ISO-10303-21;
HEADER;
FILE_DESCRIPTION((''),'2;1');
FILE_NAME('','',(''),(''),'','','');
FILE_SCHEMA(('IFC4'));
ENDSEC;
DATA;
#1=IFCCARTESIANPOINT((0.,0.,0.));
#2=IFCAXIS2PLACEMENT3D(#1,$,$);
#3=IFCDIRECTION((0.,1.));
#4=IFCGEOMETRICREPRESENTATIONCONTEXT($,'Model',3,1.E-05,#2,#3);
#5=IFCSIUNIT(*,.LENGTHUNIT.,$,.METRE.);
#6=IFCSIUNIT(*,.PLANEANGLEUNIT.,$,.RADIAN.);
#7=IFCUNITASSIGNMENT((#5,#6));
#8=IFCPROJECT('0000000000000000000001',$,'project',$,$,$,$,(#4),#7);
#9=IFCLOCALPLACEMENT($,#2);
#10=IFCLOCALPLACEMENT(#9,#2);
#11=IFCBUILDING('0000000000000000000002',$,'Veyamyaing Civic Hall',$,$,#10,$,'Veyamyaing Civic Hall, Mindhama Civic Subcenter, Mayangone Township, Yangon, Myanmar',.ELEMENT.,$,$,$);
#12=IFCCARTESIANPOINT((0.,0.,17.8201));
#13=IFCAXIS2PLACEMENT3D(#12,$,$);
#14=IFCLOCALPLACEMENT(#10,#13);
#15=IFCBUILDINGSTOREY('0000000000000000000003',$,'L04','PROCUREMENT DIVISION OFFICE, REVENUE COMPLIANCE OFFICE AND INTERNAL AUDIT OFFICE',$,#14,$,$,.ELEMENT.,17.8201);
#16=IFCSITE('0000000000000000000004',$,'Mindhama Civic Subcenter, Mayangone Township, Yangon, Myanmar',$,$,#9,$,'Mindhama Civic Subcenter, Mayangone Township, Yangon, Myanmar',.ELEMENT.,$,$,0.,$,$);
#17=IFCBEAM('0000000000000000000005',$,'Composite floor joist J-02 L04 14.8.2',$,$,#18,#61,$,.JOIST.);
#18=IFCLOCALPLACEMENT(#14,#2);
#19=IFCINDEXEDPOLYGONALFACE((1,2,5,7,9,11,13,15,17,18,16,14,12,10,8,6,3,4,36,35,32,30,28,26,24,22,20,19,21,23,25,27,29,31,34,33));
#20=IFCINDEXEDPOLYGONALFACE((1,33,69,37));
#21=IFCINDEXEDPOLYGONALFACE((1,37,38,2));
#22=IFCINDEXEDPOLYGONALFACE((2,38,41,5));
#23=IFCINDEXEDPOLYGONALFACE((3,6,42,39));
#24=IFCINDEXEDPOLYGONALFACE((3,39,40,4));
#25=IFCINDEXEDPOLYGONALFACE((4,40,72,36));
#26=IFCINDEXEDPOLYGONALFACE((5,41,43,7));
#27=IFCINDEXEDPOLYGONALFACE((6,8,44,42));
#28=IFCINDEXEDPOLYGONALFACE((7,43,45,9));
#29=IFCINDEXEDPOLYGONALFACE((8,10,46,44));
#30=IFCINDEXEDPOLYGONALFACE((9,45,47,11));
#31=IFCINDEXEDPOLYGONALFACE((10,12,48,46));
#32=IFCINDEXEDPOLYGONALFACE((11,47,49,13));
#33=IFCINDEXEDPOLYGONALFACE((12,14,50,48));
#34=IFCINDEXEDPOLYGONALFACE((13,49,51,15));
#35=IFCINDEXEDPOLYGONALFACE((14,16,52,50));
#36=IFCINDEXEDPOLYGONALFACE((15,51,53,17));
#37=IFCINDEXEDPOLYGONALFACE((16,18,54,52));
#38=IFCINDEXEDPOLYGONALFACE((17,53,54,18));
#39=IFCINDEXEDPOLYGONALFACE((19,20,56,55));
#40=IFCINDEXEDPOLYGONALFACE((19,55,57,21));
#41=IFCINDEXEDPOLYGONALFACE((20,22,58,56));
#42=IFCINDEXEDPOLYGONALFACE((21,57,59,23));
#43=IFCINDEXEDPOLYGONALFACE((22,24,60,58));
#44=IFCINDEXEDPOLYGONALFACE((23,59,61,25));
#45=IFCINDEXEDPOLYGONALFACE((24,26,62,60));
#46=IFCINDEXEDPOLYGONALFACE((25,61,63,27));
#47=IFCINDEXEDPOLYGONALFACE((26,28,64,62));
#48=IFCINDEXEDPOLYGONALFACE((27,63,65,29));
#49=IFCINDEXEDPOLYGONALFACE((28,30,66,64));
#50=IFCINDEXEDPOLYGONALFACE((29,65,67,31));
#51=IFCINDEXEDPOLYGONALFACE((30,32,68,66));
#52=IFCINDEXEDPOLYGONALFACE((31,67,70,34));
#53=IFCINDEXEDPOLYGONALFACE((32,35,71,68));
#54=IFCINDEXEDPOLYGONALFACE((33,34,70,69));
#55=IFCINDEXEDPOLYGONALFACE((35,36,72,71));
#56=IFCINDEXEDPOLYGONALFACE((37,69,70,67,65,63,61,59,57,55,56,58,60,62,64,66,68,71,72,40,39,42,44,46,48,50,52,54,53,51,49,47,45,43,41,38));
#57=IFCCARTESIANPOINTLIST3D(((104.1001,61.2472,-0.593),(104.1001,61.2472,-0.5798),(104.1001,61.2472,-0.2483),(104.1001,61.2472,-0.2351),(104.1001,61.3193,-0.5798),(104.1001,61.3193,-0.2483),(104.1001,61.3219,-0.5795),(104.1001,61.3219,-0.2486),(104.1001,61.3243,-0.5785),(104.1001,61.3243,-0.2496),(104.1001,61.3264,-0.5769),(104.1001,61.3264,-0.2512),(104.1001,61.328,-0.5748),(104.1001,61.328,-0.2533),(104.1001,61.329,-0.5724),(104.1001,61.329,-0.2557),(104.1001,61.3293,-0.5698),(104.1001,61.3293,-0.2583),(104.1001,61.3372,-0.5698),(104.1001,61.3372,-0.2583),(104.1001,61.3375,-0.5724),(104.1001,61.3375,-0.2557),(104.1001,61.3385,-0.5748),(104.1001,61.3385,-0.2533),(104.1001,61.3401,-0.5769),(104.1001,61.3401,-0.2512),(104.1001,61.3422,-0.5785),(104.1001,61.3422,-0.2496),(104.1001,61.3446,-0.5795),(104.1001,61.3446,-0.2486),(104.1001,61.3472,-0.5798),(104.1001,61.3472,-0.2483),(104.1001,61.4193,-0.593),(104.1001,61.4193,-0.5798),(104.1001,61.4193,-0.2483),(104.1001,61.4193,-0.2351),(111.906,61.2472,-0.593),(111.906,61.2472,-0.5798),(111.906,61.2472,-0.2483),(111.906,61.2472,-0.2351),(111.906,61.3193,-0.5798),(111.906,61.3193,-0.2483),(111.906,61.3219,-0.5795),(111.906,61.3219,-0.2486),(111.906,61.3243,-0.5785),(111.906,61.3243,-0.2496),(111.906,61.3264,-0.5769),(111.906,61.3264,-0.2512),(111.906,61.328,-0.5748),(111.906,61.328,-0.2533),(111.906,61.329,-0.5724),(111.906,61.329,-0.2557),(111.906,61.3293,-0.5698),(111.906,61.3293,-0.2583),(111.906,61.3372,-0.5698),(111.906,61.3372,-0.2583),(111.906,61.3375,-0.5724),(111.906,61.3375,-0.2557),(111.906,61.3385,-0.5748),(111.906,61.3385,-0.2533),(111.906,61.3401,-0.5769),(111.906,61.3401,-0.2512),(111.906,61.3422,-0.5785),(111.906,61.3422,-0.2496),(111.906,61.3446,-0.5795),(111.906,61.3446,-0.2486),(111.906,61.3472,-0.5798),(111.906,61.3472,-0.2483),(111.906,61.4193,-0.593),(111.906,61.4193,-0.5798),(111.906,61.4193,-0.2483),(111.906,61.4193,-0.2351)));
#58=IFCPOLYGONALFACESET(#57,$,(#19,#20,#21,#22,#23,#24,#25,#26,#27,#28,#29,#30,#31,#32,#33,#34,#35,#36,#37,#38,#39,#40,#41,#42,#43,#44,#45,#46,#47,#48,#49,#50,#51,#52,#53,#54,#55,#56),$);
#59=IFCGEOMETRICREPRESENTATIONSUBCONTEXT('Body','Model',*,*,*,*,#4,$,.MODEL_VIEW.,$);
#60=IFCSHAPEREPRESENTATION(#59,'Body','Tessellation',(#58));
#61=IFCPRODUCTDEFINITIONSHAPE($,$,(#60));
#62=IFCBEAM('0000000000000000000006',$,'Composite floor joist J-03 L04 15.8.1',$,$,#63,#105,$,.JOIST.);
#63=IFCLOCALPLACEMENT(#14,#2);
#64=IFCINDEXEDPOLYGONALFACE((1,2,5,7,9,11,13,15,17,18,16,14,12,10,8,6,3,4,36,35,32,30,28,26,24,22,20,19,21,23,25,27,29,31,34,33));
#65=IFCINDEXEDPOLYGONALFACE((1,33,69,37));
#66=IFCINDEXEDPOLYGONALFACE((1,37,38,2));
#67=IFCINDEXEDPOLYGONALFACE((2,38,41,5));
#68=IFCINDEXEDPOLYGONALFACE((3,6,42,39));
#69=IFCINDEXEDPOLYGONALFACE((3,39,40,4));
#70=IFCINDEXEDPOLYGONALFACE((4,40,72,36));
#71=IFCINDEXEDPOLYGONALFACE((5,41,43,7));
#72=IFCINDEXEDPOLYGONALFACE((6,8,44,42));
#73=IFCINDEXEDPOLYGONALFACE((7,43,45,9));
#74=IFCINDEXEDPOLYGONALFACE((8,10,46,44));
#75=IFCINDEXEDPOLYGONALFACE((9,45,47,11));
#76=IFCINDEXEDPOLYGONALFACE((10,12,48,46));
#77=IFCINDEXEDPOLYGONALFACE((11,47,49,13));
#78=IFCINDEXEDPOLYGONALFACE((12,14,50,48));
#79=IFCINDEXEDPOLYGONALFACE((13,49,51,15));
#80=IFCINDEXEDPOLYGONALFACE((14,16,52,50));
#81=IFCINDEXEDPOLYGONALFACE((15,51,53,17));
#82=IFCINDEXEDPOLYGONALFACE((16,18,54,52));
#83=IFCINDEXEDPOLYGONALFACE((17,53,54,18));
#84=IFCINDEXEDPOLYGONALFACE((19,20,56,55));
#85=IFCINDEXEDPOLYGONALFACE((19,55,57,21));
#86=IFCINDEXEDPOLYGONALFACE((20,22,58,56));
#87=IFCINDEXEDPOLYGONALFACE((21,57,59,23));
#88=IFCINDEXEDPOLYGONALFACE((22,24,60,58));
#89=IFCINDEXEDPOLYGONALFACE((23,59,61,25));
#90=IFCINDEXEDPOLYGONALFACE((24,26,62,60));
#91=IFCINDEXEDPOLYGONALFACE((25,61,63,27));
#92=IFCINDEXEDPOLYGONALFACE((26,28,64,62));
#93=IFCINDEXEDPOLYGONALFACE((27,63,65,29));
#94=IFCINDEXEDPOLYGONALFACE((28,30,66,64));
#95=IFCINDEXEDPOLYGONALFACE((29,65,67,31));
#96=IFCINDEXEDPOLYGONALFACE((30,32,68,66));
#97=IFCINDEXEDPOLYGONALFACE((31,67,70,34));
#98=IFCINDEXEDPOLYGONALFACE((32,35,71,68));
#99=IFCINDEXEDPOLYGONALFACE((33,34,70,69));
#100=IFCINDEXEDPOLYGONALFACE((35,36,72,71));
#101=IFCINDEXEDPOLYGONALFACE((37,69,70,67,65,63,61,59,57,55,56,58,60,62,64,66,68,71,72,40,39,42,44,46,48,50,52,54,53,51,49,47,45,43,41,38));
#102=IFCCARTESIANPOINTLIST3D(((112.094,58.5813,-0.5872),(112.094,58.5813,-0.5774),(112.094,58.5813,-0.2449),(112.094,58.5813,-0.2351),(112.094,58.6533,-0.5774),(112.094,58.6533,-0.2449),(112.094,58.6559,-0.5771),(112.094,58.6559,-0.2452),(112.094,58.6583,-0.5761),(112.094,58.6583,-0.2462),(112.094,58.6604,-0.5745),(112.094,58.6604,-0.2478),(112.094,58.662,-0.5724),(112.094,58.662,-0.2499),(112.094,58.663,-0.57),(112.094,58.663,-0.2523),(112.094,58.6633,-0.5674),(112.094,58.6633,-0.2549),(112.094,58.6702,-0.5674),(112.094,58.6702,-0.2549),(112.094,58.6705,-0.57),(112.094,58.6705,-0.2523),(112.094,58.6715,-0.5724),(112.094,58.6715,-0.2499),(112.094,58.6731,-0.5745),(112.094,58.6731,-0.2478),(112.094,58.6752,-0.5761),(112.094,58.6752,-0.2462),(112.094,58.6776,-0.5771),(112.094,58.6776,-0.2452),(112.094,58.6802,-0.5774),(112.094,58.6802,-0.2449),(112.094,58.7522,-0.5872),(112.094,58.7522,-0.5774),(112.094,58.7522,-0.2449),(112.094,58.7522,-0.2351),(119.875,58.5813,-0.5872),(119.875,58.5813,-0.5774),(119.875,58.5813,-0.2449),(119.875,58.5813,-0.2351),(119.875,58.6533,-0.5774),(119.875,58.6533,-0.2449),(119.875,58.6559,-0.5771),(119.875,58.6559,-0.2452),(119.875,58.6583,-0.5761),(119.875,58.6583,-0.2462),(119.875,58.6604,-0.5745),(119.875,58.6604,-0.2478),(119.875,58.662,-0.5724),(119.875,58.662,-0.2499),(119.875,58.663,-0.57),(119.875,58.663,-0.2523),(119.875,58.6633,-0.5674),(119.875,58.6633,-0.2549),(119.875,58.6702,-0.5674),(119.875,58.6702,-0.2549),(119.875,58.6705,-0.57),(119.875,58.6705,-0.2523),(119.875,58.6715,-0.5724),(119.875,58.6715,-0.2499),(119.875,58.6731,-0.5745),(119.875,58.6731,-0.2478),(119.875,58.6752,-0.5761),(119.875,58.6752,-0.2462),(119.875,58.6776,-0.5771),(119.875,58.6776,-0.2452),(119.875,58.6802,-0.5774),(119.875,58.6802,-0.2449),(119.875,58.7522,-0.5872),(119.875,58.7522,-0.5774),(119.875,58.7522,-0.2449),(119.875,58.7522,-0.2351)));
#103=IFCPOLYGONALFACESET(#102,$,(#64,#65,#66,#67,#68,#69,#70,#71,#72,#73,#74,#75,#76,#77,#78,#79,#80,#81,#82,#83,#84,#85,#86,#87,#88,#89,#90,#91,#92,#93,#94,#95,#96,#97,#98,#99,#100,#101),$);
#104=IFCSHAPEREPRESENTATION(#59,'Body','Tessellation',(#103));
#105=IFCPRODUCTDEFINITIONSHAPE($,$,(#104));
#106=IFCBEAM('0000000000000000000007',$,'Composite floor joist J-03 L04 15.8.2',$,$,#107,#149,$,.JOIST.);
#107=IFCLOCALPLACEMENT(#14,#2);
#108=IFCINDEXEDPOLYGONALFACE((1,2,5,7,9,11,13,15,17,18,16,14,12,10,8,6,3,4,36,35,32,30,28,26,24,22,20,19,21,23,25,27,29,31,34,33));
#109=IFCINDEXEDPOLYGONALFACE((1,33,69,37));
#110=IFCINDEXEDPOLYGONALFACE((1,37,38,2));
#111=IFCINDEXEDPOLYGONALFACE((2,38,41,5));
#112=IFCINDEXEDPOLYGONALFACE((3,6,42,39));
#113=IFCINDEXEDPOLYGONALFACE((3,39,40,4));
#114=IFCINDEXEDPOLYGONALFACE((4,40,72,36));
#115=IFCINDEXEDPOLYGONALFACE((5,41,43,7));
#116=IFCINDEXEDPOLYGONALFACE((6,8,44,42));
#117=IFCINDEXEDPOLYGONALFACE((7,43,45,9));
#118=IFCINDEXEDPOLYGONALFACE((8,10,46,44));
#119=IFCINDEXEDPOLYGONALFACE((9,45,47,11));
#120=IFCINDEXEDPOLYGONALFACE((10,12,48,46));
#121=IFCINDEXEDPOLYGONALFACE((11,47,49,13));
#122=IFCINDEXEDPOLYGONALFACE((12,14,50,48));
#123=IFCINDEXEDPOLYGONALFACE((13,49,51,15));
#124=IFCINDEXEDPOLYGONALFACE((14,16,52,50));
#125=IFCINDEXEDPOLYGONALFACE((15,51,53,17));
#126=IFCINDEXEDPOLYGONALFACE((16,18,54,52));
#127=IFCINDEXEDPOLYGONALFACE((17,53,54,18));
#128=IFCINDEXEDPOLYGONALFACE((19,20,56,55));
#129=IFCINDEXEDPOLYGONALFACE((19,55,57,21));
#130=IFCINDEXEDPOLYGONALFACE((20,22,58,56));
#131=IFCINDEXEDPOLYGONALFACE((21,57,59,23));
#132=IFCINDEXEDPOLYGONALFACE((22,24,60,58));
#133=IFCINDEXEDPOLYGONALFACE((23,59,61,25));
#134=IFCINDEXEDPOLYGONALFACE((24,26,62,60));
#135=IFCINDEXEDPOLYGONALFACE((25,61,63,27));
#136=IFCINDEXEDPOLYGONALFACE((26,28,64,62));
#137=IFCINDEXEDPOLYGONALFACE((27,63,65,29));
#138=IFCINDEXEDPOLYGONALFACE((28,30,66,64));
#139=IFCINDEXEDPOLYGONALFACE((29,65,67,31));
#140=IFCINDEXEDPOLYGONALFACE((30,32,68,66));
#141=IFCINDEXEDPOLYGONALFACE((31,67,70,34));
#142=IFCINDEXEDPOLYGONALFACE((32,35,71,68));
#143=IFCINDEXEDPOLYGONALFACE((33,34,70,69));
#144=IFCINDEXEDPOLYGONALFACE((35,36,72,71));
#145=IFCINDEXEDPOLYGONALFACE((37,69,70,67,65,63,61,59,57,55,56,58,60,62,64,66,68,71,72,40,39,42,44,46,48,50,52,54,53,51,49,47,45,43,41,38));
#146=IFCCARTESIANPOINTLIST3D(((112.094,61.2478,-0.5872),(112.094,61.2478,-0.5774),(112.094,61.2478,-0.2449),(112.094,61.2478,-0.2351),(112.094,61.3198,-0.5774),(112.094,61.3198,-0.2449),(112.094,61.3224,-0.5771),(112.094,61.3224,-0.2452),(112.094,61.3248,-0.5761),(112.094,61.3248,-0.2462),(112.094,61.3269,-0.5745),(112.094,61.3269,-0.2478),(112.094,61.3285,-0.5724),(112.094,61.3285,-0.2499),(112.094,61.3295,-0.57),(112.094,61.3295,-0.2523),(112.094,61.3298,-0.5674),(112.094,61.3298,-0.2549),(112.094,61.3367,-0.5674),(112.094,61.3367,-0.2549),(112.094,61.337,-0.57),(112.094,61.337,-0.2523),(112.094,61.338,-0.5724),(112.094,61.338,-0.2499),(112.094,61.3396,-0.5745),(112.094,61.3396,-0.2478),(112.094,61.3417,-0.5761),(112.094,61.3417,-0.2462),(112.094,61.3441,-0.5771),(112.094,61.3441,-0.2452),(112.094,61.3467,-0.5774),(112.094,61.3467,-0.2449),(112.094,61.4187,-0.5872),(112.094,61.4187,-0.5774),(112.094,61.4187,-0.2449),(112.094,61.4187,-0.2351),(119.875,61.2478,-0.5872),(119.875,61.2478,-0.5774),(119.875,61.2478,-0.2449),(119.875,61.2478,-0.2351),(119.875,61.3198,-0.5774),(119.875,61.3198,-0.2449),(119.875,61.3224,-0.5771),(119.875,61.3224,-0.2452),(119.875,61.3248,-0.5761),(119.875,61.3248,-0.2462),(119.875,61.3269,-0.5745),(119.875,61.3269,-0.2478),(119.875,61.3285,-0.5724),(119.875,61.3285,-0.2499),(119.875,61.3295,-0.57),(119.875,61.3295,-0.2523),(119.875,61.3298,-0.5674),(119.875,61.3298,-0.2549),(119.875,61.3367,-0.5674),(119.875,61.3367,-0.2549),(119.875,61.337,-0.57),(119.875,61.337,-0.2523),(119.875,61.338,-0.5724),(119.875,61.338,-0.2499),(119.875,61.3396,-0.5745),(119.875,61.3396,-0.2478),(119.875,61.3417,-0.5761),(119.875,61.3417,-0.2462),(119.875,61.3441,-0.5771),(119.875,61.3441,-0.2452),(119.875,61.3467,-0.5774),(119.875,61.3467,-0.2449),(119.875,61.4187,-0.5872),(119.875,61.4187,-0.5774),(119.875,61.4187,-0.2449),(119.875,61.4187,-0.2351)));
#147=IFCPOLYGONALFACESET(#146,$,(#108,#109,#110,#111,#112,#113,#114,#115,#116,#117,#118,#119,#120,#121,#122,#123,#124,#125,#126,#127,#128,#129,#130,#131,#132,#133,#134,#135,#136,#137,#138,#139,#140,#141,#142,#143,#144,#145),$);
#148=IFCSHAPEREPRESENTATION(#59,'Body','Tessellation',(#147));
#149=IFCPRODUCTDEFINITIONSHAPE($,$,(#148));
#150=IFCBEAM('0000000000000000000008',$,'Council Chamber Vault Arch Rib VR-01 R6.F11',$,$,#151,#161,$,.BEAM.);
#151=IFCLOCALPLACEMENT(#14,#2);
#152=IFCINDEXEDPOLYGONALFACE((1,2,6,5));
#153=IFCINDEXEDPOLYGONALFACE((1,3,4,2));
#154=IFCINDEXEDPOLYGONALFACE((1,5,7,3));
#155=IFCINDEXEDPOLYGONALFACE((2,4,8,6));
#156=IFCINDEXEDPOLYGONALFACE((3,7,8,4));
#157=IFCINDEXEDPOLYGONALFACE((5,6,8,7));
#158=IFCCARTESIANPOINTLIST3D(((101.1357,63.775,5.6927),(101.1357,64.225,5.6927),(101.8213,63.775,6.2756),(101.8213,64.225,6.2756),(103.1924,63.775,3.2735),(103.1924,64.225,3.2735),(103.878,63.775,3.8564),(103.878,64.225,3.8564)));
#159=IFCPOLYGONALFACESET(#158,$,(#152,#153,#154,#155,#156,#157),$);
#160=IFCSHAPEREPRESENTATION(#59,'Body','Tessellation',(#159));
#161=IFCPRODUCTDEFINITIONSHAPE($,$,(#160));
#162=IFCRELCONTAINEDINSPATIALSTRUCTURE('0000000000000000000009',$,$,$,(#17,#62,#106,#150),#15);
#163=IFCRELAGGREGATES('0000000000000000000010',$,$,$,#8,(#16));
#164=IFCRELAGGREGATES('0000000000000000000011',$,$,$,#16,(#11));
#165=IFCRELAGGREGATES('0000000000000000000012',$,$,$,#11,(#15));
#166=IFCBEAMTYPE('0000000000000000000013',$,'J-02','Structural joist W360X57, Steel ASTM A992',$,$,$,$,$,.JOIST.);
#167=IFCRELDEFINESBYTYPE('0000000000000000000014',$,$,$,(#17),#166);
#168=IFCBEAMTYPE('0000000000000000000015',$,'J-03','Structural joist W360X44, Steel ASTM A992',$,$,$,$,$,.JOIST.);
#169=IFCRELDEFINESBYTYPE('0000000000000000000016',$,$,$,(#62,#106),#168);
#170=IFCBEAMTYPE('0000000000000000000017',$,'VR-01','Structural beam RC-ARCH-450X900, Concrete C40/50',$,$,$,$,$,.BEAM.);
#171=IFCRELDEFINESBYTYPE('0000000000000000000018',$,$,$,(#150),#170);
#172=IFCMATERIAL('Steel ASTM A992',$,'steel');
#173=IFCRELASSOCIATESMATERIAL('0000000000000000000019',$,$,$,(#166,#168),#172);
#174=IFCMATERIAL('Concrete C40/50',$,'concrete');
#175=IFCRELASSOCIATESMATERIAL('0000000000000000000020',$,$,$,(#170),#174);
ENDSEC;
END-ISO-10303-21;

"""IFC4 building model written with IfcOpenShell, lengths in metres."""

from ifc_helpers import new_model, si_unit, direction, frame, origin, origin_2d, place, context, subcontext, project, spatial, rectangle, i_section, extrude, material, material_profile, profile_set, type_object, element, save


model = new_model("IFC4")

# Units and contexts
model_context = context("Model", 3, precision=1e-05, world=origin(), true_north=direction((0.0, 1.0)))
body_context = subcontext(model_context, "Body", "Model", "MODEL_VIEW")
ifc_project = project(units=[si_unit("LENGTHUNIT", "METRE"), si_unit("PLANEANGLEUNIT", "RADIAN")], contexts=[model_context])

# Site, building, storey
site_placement = place(None, origin())
site = spatial("IfcSite", under=ifc_project, at=site_placement, Name="Mindhama Civic Subcenter, Mayangone Township, Yangon, Myanmar", LongName="Mindhama Civic Subcenter, Mayangone Township, Yangon, Myanmar", CompositionType="ELEMENT", RefElevation=0.0)
building_placement = place(site_placement, origin())
building = spatial("IfcBuilding", under=site, at=building_placement, Name="Veyamyaing Civic Hall", LongName="Veyamyaing Civic Hall, Mindhama Civic Subcenter, Mayangone Township, Yangon, Myanmar", CompositionType="ELEMENT")
storey_placement = place(building_placement, frame((0.0, 0.0, 17.8201)))
storey = spatial("IfcBuildingStorey", under=building, at=storey_placement, Name="L04", Description="PROCUREMENT DIVISION OFFICE, REVENUE COMPLIANCE OFFICE AND INTERNAL AUDIT OFFICE", CompositionType="ELEMENT", Elevation=17.8201)

# Shared definitions
ifc_material_1 = material(Name="Steel ASTM A992", Category="steel")

# Beams
ifc_material_profile_1 = material_profile(ifc_material_1, i_section(OverallWidth=0.1721, OverallDepth=0.3579, WebThickness=0.0078, FlangeThickness=0.0132, FilletRadius=0.01, at=origin_2d()), Name="W360X57")
ifc_profile_set_1 = profile_set([ifc_material_profile_1], Name="Steel ASTM A992")
beam_type_1 = type_object("IfcBeamType", Name="J-02", Description="Structural joist W360X57, Steel ASTM A992", PredefinedType="JOIST", material=ifc_profile_set_1)
for number, where, z_axis, x_axis, name in (
    (1, (104.1001, 61.3333, -0.4141), (1.0, 0.0, 0.0), (0.0, 1.0, 0.0), "Composite floor joist J-02 L04 14.8.2"),
):
    element("IfcBeam", number, at=place(storey_placement, frame(where, z_axis=z_axis, x_axis=x_axis)), inside=storey, type_object=beam_type_1, Name=name, PredefinedType="JOIST", context=body_context, shape_type="SweptSolid", body=[
        extrude(i_section(OverallWidth=0.1721, OverallDepth=0.3579, WebThickness=0.0078, FlangeThickness=0.0132, FilletRadius=0.01, at=origin_2d()), origin(), (0.0, 0.0, 1.0), 7.8059),
    ])
ifc_material_profile_2 = material_profile(ifc_material_1, i_section(OverallWidth=0.1709, OverallDepth=0.3521, WebThickness=0.0068, FlangeThickness=0.0098, FilletRadius=0.01, at=origin_2d()), Name="W360X44")
ifc_profile_set_2 = profile_set([ifc_material_profile_2], Name="Steel ASTM A992")
beam_type_2 = type_object("IfcBeamType", Name="J-03", Description="Structural joist W360X44, Steel ASTM A992", PredefinedType="JOIST", material=ifc_profile_set_2)
for number, where, z_axis, x_axis, name in (
    (2, (112.094, 58.6667, -0.4111), (1.0, 0.0, 0.0), (0.0, 1.0, 0.0), "Composite floor joist J-03 L04 15.8.1"),
    (3, (112.094, 61.3333, -0.4111), (1.0, 0.0, 0.0), (0.0, 1.0, 0.0), "Composite floor joist J-03 L04 15.8.2"),
):
    element("IfcBeam", number, at=place(storey_placement, frame(where, z_axis=z_axis, x_axis=x_axis)), inside=storey, type_object=beam_type_2, Name=name, PredefinedType="JOIST", context=body_context, shape_type="SweptSolid", body=[
        extrude(i_section(OverallWidth=0.1709, OverallDepth=0.3521, WebThickness=0.0068, FlangeThickness=0.0098, FilletRadius=0.01, at=origin_2d()), origin(), (0.0, 0.0, 1.0), 7.781),
    ])
ifc_material_2 = material(Name="Concrete C40/50", Category="concrete")
ifc_material_profile_3 = material_profile(ifc_material_2, rectangle(XDim=0.45, YDim=0.8999, at=origin_2d()), Name="RC-ARCH-450X900")
ifc_profile_set_3 = profile_set([ifc_material_profile_3], Name="Concrete C40/50")
beam_type_3 = type_object("IfcBeamType", Name="VR-01", Description="Structural beam RC-ARCH-450X900, Concrete C40/50", PredefinedType="BEAM", material=ifc_profile_set_3)
beam_1_placement = place(storey_placement, frame((101.4785, 64.0, 5.9841), z_axis=(0.647709, 0.0, -0.761888), x_axis=(0.0, 1.0, 0.0)))
element("IfcBeam", 4, at=beam_1_placement, inside=storey, type_object=beam_type_3, Name="Council Chamber Vault Arch Rib VR-01 R6.F11", PredefinedType="BEAM", context=body_context, shape_type="SweptSolid", body=[
    extrude(rectangle(XDim=0.45, YDim=0.8999, at=origin_2d()), origin(), (0.0, 0.0, 1.0), 3.1753),
])

save(model, "model.ifc")
